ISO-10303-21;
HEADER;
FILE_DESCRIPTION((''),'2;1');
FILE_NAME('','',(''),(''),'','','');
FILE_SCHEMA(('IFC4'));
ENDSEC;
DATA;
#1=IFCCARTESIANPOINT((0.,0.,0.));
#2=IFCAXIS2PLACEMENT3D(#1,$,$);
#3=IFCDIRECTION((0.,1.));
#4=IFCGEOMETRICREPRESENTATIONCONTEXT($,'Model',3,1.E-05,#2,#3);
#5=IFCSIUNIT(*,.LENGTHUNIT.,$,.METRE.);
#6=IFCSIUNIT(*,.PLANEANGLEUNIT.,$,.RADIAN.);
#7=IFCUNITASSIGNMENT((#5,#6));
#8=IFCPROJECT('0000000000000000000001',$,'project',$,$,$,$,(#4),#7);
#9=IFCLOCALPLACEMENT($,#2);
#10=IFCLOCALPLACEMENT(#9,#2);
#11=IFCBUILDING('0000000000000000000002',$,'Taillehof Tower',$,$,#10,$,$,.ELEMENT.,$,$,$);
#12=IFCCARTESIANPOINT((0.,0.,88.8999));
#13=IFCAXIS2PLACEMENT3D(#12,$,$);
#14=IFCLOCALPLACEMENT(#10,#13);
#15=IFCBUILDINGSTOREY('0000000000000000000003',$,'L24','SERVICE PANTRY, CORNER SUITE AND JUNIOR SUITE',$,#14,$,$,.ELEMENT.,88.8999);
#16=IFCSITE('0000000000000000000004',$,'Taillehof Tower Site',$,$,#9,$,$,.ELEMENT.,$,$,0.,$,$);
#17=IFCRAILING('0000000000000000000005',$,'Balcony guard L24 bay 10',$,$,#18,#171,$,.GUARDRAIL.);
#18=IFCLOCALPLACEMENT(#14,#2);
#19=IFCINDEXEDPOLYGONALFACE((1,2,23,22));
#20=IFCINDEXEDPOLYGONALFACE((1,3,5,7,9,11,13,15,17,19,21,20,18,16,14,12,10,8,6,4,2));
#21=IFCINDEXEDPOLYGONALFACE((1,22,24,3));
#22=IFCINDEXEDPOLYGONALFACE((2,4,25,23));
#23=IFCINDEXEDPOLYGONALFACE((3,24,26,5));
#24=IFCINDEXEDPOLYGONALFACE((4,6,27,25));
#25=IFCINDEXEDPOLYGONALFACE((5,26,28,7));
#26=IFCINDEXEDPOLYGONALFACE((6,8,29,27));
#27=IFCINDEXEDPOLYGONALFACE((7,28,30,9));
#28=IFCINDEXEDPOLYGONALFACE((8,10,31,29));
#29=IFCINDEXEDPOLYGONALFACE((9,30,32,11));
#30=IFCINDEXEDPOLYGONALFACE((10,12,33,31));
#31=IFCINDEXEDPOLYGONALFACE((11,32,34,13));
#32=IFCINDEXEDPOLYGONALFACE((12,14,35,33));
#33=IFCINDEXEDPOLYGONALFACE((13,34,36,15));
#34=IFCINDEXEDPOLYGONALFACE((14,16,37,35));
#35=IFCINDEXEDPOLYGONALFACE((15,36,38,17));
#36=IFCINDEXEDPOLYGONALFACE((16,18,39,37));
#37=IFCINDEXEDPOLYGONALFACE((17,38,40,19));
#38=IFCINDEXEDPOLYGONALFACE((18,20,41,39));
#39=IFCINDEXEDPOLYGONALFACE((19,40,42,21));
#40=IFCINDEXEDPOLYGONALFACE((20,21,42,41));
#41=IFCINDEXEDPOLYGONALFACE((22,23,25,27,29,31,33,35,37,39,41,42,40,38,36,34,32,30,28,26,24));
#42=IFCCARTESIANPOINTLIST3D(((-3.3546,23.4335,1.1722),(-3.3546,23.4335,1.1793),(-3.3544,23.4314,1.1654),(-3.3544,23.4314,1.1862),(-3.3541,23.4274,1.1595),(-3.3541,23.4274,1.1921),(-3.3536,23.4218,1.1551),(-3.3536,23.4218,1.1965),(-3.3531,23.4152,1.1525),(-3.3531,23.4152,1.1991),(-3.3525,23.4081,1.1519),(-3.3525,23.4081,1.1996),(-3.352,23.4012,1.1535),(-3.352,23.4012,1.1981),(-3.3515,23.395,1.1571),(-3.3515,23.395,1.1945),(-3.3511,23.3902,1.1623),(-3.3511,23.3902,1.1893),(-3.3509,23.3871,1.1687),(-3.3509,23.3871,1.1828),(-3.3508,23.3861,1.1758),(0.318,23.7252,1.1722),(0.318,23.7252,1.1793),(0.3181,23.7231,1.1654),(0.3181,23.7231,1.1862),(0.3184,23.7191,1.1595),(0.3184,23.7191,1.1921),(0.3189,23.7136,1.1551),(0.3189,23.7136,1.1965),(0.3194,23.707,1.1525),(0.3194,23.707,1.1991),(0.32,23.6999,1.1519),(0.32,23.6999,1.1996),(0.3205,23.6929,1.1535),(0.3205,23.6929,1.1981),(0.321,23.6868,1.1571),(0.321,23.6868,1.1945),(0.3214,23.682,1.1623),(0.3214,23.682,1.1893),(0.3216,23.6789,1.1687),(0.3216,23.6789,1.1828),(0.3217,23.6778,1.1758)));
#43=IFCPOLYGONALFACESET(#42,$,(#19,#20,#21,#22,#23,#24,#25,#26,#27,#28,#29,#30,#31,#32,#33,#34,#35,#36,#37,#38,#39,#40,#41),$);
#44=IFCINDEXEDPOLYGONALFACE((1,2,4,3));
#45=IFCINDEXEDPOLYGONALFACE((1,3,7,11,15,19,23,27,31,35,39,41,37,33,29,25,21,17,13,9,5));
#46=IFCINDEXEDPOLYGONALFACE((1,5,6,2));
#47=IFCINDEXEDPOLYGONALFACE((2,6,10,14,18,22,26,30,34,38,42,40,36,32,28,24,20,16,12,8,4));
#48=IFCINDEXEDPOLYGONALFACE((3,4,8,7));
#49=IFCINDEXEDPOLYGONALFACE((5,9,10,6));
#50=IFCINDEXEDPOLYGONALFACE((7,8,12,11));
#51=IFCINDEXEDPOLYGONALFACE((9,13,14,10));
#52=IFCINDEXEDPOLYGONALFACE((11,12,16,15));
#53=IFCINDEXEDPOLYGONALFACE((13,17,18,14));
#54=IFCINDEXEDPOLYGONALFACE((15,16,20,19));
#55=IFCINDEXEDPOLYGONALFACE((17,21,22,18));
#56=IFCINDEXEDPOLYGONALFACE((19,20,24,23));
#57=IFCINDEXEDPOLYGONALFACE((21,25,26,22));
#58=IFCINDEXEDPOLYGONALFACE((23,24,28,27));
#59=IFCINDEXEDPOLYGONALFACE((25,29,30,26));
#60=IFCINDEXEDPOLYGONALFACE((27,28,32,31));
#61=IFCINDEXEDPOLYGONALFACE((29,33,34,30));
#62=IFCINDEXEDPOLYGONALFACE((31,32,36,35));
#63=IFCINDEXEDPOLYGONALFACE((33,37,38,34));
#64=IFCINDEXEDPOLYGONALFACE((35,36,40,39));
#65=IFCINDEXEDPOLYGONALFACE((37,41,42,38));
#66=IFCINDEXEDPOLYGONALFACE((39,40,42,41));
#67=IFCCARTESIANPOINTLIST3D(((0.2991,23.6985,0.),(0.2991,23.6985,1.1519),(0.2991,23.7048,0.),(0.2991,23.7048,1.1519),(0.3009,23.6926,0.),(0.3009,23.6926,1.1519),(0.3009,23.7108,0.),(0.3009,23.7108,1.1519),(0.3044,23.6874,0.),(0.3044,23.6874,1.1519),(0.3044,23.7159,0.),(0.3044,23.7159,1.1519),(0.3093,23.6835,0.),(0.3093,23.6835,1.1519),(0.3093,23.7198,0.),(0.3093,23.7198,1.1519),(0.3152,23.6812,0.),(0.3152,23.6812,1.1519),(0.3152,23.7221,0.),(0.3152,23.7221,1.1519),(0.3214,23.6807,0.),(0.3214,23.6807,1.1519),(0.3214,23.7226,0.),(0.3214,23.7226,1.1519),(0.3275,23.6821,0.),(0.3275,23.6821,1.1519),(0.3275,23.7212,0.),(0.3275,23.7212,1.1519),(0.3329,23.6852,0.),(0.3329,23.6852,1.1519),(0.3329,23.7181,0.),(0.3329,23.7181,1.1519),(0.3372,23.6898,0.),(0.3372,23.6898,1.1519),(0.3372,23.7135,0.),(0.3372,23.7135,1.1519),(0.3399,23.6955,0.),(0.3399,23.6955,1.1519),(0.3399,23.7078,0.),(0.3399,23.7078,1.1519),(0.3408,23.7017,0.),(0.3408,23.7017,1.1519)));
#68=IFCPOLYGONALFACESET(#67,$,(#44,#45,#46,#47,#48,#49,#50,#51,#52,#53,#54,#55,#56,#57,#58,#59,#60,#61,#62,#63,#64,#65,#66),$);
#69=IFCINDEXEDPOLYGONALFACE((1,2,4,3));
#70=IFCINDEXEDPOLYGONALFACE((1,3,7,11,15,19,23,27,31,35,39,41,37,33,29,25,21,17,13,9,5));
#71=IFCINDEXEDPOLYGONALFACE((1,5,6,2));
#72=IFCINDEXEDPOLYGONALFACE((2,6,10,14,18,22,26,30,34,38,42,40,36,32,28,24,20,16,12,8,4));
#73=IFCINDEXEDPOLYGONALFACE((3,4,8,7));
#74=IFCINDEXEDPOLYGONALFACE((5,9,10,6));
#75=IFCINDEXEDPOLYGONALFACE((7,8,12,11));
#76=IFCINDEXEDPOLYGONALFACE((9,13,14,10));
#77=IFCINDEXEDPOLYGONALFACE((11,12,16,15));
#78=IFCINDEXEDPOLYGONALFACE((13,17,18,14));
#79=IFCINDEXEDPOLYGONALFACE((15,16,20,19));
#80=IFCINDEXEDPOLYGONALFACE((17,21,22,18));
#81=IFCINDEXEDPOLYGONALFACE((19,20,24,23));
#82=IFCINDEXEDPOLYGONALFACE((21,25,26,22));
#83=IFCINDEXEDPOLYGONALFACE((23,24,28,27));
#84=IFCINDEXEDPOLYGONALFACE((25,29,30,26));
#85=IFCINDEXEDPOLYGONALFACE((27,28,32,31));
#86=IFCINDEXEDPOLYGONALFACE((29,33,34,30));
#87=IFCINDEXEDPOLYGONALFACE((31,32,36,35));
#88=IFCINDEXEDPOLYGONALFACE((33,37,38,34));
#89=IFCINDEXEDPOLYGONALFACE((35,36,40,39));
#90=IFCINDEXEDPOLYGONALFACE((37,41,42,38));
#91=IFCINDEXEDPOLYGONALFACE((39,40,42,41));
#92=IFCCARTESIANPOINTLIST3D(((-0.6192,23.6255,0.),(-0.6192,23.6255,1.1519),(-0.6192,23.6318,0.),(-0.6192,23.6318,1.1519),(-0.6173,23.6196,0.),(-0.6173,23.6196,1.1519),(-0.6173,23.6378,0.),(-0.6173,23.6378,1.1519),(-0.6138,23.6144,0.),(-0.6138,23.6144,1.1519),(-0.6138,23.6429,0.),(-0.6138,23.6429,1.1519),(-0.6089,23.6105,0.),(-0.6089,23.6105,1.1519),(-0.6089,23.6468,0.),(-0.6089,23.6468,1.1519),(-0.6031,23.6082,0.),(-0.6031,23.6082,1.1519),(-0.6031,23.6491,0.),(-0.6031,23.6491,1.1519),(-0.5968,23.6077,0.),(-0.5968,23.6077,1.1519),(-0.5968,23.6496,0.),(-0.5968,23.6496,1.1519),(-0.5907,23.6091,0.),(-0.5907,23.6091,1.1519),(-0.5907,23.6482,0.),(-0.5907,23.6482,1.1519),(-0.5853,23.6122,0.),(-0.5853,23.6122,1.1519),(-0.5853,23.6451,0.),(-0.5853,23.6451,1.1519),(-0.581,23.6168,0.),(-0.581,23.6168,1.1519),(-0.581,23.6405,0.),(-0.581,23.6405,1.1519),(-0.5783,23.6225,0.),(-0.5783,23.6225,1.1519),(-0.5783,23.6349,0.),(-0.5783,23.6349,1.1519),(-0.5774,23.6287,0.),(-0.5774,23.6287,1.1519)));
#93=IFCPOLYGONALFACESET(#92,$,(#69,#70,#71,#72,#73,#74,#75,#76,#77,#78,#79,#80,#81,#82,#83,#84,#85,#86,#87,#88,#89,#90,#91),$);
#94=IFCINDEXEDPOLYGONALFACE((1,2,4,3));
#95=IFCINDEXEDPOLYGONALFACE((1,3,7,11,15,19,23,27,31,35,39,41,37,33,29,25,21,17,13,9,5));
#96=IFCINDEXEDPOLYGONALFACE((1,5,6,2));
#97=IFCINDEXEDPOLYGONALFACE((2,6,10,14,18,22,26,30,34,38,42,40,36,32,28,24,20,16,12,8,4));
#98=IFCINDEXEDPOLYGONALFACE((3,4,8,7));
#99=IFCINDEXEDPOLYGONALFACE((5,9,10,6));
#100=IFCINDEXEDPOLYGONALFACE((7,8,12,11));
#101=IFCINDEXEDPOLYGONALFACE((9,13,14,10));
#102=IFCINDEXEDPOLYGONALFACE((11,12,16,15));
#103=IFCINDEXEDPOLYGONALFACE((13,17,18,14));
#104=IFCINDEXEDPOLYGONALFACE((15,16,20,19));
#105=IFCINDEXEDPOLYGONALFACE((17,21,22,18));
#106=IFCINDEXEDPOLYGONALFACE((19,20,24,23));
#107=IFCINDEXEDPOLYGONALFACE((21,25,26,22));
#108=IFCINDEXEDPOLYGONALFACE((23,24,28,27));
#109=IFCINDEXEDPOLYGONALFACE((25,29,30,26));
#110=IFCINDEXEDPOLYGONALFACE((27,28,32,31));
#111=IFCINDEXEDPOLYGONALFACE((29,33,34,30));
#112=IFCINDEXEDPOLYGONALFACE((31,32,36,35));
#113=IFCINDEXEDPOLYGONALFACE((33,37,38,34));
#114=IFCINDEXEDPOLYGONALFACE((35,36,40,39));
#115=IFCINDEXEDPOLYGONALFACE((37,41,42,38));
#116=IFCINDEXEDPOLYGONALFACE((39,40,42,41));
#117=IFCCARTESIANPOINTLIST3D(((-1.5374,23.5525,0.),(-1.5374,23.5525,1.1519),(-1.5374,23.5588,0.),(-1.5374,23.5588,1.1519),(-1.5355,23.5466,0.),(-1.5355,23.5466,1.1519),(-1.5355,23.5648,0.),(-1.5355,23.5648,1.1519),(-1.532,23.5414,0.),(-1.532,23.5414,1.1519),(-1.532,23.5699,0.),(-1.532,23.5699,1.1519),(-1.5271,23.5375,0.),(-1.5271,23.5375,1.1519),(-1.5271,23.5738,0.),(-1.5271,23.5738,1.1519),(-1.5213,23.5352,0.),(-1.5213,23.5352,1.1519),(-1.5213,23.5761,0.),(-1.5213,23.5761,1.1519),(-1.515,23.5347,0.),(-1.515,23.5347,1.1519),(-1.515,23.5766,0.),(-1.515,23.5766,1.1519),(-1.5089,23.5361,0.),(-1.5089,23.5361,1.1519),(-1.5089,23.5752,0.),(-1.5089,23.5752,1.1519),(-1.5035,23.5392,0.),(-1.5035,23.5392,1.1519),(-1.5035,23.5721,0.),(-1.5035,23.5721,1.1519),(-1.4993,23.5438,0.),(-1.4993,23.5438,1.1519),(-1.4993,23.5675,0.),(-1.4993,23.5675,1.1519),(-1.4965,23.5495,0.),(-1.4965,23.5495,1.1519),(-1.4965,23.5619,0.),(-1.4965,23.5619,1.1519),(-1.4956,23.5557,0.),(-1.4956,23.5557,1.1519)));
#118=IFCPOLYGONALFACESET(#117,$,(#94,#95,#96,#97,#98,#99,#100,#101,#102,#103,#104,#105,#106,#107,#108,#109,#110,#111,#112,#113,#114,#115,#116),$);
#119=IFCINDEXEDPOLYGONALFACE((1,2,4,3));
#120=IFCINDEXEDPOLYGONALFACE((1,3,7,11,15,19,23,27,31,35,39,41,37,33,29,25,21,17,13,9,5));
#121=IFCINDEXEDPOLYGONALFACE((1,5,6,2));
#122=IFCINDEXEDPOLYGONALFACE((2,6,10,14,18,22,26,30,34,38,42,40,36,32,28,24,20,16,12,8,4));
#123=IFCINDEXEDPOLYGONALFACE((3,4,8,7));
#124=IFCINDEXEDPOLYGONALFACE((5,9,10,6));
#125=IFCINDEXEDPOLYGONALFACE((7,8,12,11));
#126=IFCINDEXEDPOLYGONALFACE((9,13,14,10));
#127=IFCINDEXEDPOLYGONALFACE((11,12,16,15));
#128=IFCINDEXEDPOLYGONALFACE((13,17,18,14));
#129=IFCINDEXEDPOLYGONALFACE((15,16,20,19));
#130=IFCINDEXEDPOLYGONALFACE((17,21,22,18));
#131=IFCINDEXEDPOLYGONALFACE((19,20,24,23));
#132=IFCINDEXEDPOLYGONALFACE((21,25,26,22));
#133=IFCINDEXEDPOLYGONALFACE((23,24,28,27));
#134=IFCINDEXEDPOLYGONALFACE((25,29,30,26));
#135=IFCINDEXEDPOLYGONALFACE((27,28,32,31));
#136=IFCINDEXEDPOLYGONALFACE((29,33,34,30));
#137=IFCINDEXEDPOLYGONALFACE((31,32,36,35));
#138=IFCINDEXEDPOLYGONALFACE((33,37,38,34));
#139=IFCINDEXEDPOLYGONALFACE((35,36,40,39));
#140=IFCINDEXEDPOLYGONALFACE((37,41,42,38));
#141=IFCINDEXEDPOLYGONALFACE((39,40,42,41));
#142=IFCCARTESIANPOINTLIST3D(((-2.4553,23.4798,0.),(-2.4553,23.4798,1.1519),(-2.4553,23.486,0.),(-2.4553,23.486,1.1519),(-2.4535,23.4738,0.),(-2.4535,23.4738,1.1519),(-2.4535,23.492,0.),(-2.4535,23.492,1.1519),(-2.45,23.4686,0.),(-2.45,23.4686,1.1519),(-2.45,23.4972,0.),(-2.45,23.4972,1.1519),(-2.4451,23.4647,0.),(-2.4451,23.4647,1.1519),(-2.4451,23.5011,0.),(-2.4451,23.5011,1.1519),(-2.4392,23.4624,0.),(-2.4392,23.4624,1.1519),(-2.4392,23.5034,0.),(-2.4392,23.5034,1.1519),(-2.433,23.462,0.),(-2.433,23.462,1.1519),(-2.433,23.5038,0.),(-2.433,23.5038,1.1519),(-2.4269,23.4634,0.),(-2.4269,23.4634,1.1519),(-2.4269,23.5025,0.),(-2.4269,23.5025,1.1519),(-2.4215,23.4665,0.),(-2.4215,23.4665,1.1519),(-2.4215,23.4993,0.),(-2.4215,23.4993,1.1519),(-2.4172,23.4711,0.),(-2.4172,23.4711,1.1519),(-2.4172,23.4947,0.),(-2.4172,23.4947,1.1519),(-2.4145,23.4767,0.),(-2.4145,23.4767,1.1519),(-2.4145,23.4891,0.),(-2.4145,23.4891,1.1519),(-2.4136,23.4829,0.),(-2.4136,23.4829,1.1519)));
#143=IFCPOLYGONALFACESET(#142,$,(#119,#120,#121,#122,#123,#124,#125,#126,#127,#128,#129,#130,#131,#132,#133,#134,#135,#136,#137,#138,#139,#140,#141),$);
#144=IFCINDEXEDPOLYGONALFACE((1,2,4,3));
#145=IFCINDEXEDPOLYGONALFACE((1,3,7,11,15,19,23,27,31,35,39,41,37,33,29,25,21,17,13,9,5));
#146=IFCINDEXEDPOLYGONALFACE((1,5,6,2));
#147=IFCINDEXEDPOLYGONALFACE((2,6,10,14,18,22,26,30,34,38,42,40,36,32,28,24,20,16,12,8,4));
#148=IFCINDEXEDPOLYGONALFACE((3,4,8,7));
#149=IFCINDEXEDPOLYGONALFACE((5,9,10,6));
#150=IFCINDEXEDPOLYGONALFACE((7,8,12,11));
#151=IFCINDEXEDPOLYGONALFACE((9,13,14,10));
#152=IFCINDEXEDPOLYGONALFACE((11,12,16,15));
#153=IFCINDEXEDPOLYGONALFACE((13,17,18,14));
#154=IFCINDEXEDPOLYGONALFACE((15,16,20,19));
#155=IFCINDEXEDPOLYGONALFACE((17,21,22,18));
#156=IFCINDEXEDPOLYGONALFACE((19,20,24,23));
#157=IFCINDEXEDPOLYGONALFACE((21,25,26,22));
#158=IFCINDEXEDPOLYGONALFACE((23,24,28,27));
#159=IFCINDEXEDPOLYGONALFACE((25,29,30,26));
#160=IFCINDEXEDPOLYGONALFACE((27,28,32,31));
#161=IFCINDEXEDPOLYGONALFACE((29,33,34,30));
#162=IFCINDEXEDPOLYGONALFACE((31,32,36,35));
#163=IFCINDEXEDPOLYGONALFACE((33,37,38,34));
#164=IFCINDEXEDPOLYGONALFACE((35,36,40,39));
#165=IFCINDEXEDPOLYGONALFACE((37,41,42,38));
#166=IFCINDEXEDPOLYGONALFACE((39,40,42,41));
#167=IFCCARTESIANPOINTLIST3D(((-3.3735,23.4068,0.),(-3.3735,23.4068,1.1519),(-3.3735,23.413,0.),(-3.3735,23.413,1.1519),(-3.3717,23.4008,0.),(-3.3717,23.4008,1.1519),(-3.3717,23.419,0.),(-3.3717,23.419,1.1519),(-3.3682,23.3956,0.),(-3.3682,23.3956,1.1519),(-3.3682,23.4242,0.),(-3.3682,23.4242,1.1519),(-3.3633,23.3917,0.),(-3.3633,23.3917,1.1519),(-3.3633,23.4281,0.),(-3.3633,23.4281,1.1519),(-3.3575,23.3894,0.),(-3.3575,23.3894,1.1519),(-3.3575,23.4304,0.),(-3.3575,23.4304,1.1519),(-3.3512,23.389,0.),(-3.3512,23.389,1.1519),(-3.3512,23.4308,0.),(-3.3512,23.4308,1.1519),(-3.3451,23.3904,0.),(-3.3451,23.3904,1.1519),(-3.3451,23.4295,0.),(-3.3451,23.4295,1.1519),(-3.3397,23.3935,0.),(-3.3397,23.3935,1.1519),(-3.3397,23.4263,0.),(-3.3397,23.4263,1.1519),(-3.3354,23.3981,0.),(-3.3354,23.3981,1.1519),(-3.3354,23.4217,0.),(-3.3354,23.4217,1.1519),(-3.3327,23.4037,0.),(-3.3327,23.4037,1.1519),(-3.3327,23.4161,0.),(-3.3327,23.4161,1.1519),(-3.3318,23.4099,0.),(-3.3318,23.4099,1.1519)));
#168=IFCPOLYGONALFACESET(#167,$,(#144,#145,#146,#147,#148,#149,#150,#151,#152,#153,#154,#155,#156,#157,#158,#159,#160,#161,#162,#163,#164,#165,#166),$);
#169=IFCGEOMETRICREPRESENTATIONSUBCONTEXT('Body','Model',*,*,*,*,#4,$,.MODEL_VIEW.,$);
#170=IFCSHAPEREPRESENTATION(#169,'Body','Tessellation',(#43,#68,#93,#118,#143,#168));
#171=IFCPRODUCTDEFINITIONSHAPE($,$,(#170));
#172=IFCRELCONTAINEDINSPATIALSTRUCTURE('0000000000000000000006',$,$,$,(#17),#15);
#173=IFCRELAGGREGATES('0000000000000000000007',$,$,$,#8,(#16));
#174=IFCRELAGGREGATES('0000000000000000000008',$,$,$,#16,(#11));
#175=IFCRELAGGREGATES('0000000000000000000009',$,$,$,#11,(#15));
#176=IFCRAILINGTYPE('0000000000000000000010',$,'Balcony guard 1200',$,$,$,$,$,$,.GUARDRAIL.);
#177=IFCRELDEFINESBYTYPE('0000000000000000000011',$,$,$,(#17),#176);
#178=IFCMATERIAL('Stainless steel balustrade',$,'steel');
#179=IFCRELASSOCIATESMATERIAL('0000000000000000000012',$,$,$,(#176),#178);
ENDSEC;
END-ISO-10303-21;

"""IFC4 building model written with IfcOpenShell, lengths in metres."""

from ifc_helpers import new_model, si_unit, direction, frame, origin, origin_2d, place, context, subcontext, project, spatial, circle, extrude, material, type_object, element, save


model = new_model("IFC4")

# Units and contexts
model_context = context("Model", 3, precision=1e-05, world=origin(), true_north=direction((0.0, 1.0)))
body_context = subcontext(model_context, "Body", "Model", "MODEL_VIEW")
ifc_project = project(units=[si_unit("LENGTHUNIT", "METRE"), si_unit("PLANEANGLEUNIT", "RADIAN")], contexts=[model_context])

# Site, building, storey
site_placement = place(None, origin())
site = spatial("IfcSite", under=ifc_project, at=site_placement, Name="Taillehof Tower Site", CompositionType="ELEMENT", RefElevation=0.0)
building_placement = place(site_placement, origin())
building = spatial("IfcBuilding", under=site, at=building_placement, Name="Taillehof Tower", CompositionType="ELEMENT")
storey_placement = place(building_placement, frame((0.0, 0.0, 88.8999)))
storey = spatial("IfcBuildingStorey", under=building, at=storey_placement, Name="L24", Description="SERVICE PANTRY, CORNER SUITE AND JUNIOR SUITE", CompositionType="ELEMENT", Elevation=88.8999)

# Railing
ifc_material_1 = material(Name="Stainless steel balustrade", Category="steel")
railing_type = type_object("IfcRailingType", Name="Balcony guard 1200", PredefinedType="GUARDRAIL", material=ifc_material_1)
railing_1_placement = place(storey_placement, frame((0.3198, 23.7017, 0.0)))
element("IfcRailing", 1, at=railing_1_placement, inside=storey, type_object=railing_type, Name="Balcony guard L24 bay 10", PredefinedType="GUARDRAIL", context=body_context, shape_type="SweptSolid", body=[
    extrude(circle(Radius=0.0239, at=origin_2d()), frame((0.0, 0.0, 1.1758), z_axis=(-0.99686, -0.079189, 0.0), x_axis=(0.079189, -0.99686, 0.0)), (0.0, 0.0, 1.0), 3.6841),
    extrude(circle(Radius=0.021, at=origin_2d()), origin(), (0.0, 0.0, 1.0), 1.1519),
    extrude(circle(Radius=0.021, at=origin_2d()), frame((-0.9182, -0.073, 0.0)), (0.0, 0.0, 1.0), 1.1519),
    extrude(circle(Radius=0.021, at=origin_2d()), frame((-1.8364, -0.146, 0.0)), (0.0, 0.0, 1.0), 1.1519),
    extrude(circle(Radius=0.021, at=origin_2d()), frame((-2.7544, -0.2188, 0.0)), (0.0, 0.0, 1.0), 1.1519),
    extrude(circle(Radius=0.021, at=origin_2d()), frame((-3.6726, -0.2917, 0.0)), (0.0, 0.0, 1.0), 1.1519),
])

save(model, "model.ifc")
